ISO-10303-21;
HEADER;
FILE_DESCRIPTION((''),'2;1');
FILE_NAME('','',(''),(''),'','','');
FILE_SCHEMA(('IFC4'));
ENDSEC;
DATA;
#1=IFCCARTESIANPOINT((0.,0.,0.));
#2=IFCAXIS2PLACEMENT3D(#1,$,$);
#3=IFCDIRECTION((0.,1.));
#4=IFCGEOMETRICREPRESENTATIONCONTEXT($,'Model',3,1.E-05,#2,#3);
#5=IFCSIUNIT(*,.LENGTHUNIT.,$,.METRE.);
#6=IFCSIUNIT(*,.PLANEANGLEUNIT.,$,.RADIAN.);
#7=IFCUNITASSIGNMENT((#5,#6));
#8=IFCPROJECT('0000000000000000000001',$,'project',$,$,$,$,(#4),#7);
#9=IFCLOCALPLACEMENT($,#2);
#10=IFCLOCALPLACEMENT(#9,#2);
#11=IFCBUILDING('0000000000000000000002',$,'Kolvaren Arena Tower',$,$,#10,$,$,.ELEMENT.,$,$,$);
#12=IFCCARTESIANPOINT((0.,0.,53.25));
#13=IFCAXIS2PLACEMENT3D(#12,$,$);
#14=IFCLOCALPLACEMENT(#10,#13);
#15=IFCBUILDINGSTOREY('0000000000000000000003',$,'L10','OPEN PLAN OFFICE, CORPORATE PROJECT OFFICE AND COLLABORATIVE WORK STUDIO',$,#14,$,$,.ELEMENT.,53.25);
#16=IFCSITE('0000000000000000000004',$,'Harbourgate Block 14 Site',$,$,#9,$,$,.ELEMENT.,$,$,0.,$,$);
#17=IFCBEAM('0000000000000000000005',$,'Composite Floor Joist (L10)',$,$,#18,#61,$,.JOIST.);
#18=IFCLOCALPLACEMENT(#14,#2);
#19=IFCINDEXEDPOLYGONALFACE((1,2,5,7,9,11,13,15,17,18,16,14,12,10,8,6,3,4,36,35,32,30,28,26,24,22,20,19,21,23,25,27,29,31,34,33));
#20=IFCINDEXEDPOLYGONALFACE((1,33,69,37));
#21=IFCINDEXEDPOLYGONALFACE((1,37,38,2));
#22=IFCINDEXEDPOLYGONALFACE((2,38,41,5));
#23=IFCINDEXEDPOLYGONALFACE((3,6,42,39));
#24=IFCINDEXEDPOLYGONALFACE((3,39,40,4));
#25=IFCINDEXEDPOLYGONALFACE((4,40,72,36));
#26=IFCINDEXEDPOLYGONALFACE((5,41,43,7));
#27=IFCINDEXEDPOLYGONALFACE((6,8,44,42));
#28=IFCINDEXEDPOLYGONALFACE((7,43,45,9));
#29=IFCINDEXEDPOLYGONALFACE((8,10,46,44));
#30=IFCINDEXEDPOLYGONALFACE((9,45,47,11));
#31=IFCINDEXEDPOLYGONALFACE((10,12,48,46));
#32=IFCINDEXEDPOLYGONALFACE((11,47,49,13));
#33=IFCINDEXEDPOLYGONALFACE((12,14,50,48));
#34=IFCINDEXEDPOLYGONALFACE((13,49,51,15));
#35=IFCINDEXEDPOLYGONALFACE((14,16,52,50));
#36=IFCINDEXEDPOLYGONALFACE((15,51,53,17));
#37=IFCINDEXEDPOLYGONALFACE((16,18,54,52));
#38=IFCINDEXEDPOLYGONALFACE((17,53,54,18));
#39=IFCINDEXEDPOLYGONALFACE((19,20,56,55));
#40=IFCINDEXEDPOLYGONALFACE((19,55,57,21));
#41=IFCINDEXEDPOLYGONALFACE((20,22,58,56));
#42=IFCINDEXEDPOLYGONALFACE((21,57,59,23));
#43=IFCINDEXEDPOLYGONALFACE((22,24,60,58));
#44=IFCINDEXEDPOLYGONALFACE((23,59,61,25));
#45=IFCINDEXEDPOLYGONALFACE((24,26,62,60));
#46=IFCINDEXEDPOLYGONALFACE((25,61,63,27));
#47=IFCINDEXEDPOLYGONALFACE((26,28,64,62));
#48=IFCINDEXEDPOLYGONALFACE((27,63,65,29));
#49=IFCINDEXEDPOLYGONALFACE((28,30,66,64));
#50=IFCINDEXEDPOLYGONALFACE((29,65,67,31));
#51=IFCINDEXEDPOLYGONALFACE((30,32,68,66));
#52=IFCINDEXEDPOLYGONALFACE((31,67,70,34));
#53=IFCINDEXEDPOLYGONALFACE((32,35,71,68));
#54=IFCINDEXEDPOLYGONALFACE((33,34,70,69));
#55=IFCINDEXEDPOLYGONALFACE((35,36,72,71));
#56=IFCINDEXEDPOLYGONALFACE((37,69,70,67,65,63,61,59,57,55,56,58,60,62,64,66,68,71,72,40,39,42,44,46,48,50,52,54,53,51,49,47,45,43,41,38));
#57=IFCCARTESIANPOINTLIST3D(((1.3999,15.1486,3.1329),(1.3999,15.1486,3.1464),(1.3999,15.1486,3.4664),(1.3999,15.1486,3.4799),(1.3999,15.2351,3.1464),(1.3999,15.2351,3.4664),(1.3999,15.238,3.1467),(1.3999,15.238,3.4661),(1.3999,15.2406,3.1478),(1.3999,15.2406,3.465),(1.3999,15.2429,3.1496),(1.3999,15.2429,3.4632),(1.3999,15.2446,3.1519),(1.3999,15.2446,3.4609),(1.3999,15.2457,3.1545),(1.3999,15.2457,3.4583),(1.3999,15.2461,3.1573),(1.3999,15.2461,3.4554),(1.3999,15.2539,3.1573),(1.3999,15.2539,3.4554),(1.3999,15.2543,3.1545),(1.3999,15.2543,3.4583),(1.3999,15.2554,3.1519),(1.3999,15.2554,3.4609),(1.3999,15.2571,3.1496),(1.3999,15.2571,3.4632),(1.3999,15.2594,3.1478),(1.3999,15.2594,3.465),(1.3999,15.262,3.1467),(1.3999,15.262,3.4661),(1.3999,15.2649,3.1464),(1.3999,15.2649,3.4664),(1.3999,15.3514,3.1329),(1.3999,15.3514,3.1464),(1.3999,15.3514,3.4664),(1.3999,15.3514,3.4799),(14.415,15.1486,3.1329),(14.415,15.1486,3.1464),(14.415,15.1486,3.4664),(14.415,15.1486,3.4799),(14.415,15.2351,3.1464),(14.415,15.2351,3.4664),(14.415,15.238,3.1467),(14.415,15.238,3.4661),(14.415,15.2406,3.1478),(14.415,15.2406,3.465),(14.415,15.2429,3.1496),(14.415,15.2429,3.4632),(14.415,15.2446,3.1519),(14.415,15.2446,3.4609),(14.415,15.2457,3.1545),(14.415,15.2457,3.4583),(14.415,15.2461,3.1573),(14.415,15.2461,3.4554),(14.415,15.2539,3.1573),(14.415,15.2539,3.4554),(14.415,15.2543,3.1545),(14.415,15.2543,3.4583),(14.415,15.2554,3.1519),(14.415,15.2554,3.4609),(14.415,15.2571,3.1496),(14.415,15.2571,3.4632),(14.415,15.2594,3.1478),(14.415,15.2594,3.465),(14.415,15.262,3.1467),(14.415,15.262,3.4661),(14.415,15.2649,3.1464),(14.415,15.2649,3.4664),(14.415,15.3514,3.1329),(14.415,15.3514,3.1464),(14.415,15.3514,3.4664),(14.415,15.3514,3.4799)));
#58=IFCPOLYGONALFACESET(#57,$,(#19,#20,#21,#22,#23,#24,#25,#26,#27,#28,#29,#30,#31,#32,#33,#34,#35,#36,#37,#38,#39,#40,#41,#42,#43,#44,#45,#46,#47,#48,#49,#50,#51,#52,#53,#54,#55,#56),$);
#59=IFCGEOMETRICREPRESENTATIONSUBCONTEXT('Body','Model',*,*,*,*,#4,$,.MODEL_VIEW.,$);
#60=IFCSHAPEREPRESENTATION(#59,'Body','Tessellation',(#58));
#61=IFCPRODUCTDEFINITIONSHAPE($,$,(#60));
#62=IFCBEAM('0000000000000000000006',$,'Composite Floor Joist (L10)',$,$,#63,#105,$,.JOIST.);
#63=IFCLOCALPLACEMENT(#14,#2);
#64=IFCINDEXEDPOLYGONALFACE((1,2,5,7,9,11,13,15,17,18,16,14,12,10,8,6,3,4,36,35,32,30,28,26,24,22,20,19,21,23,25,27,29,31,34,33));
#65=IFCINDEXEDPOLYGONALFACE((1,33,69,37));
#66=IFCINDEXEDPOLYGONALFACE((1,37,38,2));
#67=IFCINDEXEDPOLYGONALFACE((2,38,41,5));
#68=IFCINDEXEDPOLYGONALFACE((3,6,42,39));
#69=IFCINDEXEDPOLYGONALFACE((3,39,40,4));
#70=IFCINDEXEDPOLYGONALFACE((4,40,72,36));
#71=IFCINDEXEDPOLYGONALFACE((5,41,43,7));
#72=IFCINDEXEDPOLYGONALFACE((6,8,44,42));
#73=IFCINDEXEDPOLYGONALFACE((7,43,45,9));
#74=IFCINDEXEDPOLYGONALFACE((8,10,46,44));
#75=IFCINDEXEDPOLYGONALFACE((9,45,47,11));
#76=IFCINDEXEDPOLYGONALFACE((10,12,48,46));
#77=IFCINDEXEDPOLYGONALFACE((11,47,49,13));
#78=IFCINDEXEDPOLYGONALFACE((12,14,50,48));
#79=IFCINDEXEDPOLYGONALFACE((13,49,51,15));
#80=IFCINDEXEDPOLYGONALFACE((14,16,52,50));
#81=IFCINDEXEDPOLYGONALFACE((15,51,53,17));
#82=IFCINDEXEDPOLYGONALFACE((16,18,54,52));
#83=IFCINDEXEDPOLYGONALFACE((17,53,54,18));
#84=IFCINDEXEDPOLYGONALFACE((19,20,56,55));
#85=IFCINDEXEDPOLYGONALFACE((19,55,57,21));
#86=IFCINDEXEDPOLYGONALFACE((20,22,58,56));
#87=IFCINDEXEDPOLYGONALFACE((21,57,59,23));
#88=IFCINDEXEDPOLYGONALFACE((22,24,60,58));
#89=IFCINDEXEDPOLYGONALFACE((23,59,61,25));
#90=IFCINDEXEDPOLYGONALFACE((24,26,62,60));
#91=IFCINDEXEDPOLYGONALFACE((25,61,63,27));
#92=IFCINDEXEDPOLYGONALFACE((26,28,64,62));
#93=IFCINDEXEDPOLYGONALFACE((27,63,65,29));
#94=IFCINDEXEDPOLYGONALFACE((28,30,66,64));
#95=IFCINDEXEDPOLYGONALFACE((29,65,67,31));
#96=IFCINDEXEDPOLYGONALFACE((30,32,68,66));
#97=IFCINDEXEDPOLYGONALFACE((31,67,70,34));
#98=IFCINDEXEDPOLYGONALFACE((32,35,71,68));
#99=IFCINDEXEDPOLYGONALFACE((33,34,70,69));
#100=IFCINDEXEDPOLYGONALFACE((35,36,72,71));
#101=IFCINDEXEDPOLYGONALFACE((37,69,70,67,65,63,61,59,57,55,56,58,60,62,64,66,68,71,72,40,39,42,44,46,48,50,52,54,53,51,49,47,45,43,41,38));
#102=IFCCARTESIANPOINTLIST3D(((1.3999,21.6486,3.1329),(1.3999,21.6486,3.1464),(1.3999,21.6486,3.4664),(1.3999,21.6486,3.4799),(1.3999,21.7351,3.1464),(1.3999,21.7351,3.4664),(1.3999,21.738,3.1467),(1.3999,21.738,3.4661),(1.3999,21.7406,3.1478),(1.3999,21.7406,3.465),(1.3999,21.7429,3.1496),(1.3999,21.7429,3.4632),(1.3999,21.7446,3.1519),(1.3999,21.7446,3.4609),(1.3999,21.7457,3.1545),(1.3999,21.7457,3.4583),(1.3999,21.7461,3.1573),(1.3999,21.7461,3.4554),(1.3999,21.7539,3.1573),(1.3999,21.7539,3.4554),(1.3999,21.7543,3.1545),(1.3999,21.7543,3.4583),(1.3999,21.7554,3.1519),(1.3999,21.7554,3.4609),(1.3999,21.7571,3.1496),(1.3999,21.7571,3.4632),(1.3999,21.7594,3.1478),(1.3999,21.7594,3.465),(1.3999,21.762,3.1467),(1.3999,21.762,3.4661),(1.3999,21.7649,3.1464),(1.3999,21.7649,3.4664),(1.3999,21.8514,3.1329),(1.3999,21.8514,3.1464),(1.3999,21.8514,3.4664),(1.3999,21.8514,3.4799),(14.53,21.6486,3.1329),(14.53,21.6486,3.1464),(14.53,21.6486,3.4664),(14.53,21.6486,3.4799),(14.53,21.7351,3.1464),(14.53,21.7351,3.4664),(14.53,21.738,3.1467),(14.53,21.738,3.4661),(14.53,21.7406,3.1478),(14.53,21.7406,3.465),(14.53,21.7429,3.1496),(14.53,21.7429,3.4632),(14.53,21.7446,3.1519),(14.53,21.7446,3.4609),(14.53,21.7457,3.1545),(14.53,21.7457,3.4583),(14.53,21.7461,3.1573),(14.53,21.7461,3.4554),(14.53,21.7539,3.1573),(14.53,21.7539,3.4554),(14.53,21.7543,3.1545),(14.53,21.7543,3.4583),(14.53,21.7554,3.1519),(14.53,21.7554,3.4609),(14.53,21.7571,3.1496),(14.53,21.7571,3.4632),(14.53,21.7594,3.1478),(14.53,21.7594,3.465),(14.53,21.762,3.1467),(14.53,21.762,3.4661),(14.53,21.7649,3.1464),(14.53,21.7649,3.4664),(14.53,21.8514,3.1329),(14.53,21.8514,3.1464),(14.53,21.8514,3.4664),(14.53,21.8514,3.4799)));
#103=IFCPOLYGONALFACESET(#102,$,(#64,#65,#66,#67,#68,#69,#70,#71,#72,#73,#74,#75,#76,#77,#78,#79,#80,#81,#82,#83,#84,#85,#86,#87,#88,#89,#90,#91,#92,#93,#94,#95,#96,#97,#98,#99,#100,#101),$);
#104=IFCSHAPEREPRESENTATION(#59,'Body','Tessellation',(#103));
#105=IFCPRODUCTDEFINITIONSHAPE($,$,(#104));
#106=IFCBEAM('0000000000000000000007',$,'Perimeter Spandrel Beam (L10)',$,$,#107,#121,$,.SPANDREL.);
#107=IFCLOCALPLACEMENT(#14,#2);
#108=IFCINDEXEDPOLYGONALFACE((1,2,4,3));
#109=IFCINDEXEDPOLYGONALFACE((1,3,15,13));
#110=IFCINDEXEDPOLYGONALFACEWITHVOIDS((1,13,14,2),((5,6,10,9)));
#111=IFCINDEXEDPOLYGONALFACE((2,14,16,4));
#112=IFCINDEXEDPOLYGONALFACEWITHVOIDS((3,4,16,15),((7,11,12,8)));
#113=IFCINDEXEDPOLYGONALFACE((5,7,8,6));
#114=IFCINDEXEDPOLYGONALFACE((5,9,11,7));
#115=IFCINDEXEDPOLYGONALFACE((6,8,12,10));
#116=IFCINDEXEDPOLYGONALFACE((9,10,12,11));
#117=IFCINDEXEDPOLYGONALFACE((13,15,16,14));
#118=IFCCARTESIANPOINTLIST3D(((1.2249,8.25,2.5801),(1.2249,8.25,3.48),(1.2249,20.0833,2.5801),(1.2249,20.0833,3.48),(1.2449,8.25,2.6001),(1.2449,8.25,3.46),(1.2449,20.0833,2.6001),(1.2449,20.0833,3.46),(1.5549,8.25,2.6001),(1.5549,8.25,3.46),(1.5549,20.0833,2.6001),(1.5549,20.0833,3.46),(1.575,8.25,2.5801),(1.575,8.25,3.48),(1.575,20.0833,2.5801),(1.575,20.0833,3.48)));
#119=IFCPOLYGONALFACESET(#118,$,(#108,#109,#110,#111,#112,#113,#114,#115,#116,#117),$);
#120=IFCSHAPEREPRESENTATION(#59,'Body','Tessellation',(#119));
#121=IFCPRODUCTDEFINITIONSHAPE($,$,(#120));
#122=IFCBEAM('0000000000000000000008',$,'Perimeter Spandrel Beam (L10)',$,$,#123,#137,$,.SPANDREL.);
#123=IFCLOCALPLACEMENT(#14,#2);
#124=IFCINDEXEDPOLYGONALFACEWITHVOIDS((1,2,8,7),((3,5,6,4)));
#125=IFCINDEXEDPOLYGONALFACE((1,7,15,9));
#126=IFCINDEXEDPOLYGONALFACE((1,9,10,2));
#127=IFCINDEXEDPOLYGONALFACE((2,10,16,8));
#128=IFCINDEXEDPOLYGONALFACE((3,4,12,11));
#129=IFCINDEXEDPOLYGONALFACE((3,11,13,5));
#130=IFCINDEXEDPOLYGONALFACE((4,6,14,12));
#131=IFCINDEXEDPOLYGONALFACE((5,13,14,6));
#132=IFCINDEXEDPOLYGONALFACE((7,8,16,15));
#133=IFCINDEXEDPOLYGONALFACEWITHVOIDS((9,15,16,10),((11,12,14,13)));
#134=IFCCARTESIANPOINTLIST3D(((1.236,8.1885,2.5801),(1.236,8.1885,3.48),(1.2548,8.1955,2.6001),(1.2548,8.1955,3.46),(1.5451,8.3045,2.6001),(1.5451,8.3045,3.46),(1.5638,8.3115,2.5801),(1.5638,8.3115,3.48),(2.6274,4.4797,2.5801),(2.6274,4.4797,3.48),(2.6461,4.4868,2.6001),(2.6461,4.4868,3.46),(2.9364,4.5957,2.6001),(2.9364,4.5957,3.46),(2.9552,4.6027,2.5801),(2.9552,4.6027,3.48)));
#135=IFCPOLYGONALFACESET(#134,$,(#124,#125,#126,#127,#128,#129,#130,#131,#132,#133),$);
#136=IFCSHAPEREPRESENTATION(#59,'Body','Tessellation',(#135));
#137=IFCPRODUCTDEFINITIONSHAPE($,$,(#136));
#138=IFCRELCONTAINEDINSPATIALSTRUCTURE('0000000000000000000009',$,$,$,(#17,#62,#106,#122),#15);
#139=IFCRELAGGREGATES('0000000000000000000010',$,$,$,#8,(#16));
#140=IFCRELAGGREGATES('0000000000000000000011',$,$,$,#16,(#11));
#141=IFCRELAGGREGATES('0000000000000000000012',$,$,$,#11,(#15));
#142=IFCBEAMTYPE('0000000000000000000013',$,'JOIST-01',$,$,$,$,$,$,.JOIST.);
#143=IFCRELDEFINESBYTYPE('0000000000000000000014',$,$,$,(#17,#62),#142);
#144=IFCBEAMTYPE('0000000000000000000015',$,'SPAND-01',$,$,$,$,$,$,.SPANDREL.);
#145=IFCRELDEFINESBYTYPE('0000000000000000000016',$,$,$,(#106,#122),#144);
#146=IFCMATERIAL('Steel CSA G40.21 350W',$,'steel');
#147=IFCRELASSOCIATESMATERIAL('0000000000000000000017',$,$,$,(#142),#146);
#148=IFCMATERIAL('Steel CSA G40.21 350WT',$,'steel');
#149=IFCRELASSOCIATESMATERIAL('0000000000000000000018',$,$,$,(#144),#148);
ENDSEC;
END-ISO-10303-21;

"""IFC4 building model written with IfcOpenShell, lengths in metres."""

from ifc_helpers import new_model, si_unit, direction, frame, origin, origin_2d, place, context, subcontext, project, spatial, hollow_rectangle, i_section, extrude, material, material_profile, profile_set, type_object, element, save


model = new_model("IFC4")

# Units and contexts
model_context = context("Model", 3, precision=1e-05, world=origin(), true_north=direction((0.0, 1.0)))
body_context = subcontext(model_context, "Body", "Model", "MODEL_VIEW")
ifc_project = project(units=[si_unit("LENGTHUNIT", "METRE"), si_unit("PLANEANGLEUNIT", "RADIAN")], contexts=[model_context])

# Site, building, storey
site_placement = place(None, origin())
site = spatial("IfcSite", under=ifc_project, at=site_placement, Name="Harbourgate Block 14 Site", CompositionType="ELEMENT", RefElevation=0.0)
building_placement = place(site_placement, origin())
building = spatial("IfcBuilding", under=site, at=building_placement, Name="Kolvaren Arena Tower", CompositionType="ELEMENT")
storey_placement = place(building_placement, frame((0.0, 0.0, 53.25)))
storey = spatial("IfcBuildingStorey", under=building, at=storey_placement, Name="L10", Description="OPEN PLAN OFFICE, CORPORATE PROJECT OFFICE AND COLLABORATIVE WORK STUDIO", CompositionType="ELEMENT", Elevation=53.25)

# Beams
ifc_material_1 = material(Name="Steel CSA G40.21 350W", Category="steel")
ifc_material_profile_1 = material_profile(ifc_material_1, i_section(OverallWidth=0.2029, OverallDepth=0.3469, WebThickness=0.0078, FlangeThickness=0.0134, FilletRadius=0.011, at=origin_2d()), Name="W360x64")
ifc_profile_set_1 = profile_set([ifc_material_profile_1], Name="Steel CSA G40.21 350W")
beam_type_1 = type_object("IfcBeamType", Name="JOIST-01", PredefinedType="JOIST", material=ifc_profile_set_1)
beam_1_placement = place(storey_placement, frame((1.3999, 15.25, 3.3064), z_axis=(1.0, 0.0, 0.0), x_axis=(0.0, 1.0, 0.0)))
element("IfcBeam", 1, at=beam_1_placement, inside=storey, type_object=beam_type_1, Name="Composite Floor Joist (L10)", PredefinedType="JOIST", context=body_context, shape_type="SweptSolid", body=[
    extrude(i_section(OverallWidth=0.2029, OverallDepth=0.3469, WebThickness=0.0078, FlangeThickness=0.0134, FilletRadius=0.011, at=origin_2d()), origin(), (0.0, 0.0, 1.0), 13.0151),
])
beam_2_placement = place(storey_placement, frame((1.3999, 21.75, 3.3064), z_axis=(1.0, 0.0, 0.0), x_axis=(0.0, 1.0, 0.0)))
element("IfcBeam", 2, at=beam_2_placement, inside=storey, type_object=beam_type_1, Name="Composite Floor Joist (L10)", PredefinedType="JOIST", context=body_context, shape_type="SweptSolid", body=[
    extrude(i_section(OverallWidth=0.2029, OverallDepth=0.3469, WebThickness=0.0078, FlangeThickness=0.0134, FilletRadius=0.011, at=origin_2d()), origin(), (0.0, 0.0, 1.0), 13.1301),
])
ifc_material_2 = material(Name="Steel CSA G40.21 350WT", Category="steel")
ifc_material_profile_2 = material_profile(ifc_material_2, hollow_rectangle(XDim=0.3501, YDim=0.8999, WallThickness=0.02, at=origin_2d()), Name="HSS 900x350x20")
ifc_profile_set_2 = profile_set([ifc_material_profile_2], Name="Steel CSA G40.21 350WT")
beam_type_2 = type_object("IfcBeamType", Name="SPAND-01", PredefinedType="SPANDREL", material=ifc_profile_set_2)
beam_3_placement = place(storey_placement, frame((1.3999, 20.0833, 3.03), z_axis=(0.0, -1.0, 0.0), x_axis=(1.0, 0.0, 0.0)))
element("IfcBeam", 3, at=beam_3_placement, inside=storey, type_object=beam_type_2, Name="Perimeter Spandrel Beam (L10)", PredefinedType="SPANDREL", context=body_context, shape_type="SweptSolid", body=[
    extrude(hollow_rectangle(XDim=0.3501, YDim=0.8999, WallThickness=0.02, at=origin_2d()), origin(), (0.0, 0.0, 1.0), 11.8333),
])
beam_4_placement = place(storey_placement, frame((1.3999, 8.25, 3.03), z_axis=(0.351252, -0.936281, 0.0), x_axis=(0.936281, 0.351252, 0.0)))
element("IfcBeam", 4, at=beam_4_placement, inside=storey, type_object=beam_type_2, Name="Perimeter Spandrel Beam (L10)", PredefinedType="SPANDREL", context=body_context, shape_type="SweptSolid", body=[
    extrude(hollow_rectangle(XDim=0.3501, YDim=0.8999, WallThickness=0.02, at=origin_2d()), origin(), (0.0, 0.0, 1.0), 3.9612),
])

save(model, "model.ifc")
